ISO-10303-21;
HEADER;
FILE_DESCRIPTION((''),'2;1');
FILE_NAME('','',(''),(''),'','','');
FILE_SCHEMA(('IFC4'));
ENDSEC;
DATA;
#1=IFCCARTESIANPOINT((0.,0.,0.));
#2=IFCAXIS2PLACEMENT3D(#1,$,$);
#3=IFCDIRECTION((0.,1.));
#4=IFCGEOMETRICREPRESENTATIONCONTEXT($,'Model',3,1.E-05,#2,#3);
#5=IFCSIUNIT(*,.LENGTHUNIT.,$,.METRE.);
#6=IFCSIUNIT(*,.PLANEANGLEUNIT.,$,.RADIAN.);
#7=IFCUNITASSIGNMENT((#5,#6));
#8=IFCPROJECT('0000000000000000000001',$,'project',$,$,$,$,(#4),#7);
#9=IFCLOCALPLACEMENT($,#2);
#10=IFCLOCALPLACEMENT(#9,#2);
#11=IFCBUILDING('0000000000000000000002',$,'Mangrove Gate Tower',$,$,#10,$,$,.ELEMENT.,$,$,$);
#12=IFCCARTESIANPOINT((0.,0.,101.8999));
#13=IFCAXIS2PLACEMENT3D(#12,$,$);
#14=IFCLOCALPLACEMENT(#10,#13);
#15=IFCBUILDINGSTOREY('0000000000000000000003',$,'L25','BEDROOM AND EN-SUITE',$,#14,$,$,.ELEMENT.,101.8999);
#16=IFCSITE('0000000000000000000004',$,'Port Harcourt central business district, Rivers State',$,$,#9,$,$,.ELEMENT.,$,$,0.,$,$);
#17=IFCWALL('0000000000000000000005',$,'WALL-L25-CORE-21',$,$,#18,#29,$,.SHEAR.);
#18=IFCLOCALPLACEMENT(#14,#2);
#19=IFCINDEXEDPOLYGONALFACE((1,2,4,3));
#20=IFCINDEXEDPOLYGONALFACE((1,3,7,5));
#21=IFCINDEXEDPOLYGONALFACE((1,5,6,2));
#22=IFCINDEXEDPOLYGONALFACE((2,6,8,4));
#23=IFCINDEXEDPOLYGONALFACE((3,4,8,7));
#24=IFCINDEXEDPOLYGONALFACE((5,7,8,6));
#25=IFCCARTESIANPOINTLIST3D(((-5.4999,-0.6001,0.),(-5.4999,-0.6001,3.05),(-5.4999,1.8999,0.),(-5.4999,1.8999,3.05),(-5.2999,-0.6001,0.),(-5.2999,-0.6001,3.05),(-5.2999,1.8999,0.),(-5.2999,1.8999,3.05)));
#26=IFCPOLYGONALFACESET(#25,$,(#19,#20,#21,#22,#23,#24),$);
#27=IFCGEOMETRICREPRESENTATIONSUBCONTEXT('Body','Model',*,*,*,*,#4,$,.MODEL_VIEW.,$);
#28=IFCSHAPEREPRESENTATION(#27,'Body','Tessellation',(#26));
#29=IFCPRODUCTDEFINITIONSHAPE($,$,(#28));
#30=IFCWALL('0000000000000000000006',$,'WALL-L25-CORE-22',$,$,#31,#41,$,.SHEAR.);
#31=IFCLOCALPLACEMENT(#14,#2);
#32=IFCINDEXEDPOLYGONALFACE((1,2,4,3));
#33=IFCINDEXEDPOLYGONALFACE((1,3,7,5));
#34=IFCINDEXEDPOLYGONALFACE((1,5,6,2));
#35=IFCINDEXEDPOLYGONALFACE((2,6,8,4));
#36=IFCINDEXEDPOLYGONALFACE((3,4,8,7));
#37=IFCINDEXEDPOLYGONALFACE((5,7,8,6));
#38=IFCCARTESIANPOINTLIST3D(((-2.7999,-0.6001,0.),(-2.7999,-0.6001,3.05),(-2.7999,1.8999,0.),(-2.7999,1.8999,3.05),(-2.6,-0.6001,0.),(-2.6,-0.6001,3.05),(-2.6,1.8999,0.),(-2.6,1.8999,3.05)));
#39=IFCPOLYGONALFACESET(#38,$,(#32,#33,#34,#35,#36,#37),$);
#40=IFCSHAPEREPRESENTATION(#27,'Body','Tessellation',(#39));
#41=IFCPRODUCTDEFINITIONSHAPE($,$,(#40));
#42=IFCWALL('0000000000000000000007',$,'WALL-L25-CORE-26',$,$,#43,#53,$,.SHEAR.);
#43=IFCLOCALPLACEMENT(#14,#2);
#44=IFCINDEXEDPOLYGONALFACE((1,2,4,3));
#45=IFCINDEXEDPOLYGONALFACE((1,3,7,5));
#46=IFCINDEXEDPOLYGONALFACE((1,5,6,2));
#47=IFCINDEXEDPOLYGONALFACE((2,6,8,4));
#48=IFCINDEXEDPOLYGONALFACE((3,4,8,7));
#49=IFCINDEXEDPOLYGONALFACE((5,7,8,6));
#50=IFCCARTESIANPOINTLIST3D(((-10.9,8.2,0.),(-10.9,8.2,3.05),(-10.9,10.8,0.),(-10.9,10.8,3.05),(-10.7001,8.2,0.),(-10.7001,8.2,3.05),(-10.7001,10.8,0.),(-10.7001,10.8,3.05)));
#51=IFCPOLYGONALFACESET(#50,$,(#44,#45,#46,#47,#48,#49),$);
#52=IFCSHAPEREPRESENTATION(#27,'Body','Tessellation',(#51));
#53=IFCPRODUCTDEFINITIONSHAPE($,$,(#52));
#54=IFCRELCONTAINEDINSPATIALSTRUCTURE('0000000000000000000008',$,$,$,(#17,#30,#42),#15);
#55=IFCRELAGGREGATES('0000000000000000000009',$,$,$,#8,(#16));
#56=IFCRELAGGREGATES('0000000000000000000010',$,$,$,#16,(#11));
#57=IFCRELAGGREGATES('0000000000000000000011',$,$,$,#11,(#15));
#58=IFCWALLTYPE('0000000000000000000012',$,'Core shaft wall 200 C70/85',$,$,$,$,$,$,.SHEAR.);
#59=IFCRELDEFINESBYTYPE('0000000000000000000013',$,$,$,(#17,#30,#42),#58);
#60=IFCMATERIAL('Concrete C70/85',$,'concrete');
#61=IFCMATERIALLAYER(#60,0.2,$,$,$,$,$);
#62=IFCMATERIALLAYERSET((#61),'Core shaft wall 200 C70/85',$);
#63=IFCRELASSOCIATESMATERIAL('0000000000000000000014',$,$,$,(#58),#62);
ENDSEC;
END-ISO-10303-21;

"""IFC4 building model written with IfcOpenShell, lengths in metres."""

from ifc_helpers import new_model, si_unit, direction, frame, frame_2d, origin, place, context, subcontext, project, spatial, rectangle, extrude, material, layer, layer_set, type_object, element, save


model = new_model("IFC4")

# Units and contexts
model_context = context("Model", 3, precision=1e-05, world=origin(), true_north=direction((0.0, 1.0)))
body_context = subcontext(model_context, "Body", "Model", "MODEL_VIEW")
ifc_project = project(units=[si_unit("LENGTHUNIT", "METRE"), si_unit("PLANEANGLEUNIT", "RADIAN")], contexts=[model_context])

# Site, building, storey
site_placement = place(None, origin())
site = spatial("IfcSite", under=ifc_project, at=site_placement, Name="Port Harcourt central business district, Rivers State", CompositionType="ELEMENT", RefElevation=0.0)
building_placement = place(site_placement, origin())
building = spatial("IfcBuilding", under=site, at=building_placement, Name="Mangrove Gate Tower", CompositionType="ELEMENT")
storey_placement = place(building_placement, frame((0.0, 0.0, 101.8999)))
storey = spatial("IfcBuildingStorey", under=building, at=storey_placement, Name="L25", Description="BEDROOM AND EN-SUITE", CompositionType="ELEMENT", Elevation=101.8999)

# Shared definitions
ifc_material_1 = material(Name="Concrete C70/85", Category="concrete")
ifc_layer = layer(ifc_material_1, 0.2)
ifc_layer_set = layer_set([ifc_layer], Name="Core shaft wall 200 C70/85")
wall_type = type_object("IfcWallType", Name="Core shaft wall 200 C70/85", PredefinedType="SHEAR", material=ifc_layer_set)

# Walls
for number, where, z_axis, x_axis, name in (
    (1, (-5.3999, -0.6001, 0.0), (0.0, 0.0, 1.0), (0.0, 1.0, 0.0), "WALL-L25-CORE-21"),
    (2, (-2.7, -0.6001, 0.0), (0.0, 0.0, 1.0), (0.0, 1.0, 0.0), "WALL-L25-CORE-22"),
):
    element("IfcWall", number, at=place(storey_placement, frame(where, z_axis=z_axis, x_axis=x_axis)), inside=storey, type_object=wall_type, Name=name, PredefinedType="SHEAR", context=body_context, shape_type="SweptSolid", body=[
        extrude(rectangle(XDim=2.5, YDim=0.2, at=frame_2d((1.25, 0.0))), origin(), (0.0, 0.0, 1.0), 3.05),
    ])
wall_1_placement = place(storey_placement, frame((-10.8, 8.2, 0.0), z_axis=(0.0, 0.0, 1.0), x_axis=(0.0, 1.0, 0.0)))
element("IfcWall", 3, at=wall_1_placement, inside=storey, type_object=wall_type, Name="WALL-L25-CORE-26", PredefinedType="SHEAR", context=body_context, shape_type="SweptSolid", body=[
    extrude(rectangle(XDim=2.6001, YDim=0.2, at=frame_2d((1.3, 0.0))), origin(), (0.0, 0.0, 1.0), 3.05),
])

save(model, "model.ifc")
